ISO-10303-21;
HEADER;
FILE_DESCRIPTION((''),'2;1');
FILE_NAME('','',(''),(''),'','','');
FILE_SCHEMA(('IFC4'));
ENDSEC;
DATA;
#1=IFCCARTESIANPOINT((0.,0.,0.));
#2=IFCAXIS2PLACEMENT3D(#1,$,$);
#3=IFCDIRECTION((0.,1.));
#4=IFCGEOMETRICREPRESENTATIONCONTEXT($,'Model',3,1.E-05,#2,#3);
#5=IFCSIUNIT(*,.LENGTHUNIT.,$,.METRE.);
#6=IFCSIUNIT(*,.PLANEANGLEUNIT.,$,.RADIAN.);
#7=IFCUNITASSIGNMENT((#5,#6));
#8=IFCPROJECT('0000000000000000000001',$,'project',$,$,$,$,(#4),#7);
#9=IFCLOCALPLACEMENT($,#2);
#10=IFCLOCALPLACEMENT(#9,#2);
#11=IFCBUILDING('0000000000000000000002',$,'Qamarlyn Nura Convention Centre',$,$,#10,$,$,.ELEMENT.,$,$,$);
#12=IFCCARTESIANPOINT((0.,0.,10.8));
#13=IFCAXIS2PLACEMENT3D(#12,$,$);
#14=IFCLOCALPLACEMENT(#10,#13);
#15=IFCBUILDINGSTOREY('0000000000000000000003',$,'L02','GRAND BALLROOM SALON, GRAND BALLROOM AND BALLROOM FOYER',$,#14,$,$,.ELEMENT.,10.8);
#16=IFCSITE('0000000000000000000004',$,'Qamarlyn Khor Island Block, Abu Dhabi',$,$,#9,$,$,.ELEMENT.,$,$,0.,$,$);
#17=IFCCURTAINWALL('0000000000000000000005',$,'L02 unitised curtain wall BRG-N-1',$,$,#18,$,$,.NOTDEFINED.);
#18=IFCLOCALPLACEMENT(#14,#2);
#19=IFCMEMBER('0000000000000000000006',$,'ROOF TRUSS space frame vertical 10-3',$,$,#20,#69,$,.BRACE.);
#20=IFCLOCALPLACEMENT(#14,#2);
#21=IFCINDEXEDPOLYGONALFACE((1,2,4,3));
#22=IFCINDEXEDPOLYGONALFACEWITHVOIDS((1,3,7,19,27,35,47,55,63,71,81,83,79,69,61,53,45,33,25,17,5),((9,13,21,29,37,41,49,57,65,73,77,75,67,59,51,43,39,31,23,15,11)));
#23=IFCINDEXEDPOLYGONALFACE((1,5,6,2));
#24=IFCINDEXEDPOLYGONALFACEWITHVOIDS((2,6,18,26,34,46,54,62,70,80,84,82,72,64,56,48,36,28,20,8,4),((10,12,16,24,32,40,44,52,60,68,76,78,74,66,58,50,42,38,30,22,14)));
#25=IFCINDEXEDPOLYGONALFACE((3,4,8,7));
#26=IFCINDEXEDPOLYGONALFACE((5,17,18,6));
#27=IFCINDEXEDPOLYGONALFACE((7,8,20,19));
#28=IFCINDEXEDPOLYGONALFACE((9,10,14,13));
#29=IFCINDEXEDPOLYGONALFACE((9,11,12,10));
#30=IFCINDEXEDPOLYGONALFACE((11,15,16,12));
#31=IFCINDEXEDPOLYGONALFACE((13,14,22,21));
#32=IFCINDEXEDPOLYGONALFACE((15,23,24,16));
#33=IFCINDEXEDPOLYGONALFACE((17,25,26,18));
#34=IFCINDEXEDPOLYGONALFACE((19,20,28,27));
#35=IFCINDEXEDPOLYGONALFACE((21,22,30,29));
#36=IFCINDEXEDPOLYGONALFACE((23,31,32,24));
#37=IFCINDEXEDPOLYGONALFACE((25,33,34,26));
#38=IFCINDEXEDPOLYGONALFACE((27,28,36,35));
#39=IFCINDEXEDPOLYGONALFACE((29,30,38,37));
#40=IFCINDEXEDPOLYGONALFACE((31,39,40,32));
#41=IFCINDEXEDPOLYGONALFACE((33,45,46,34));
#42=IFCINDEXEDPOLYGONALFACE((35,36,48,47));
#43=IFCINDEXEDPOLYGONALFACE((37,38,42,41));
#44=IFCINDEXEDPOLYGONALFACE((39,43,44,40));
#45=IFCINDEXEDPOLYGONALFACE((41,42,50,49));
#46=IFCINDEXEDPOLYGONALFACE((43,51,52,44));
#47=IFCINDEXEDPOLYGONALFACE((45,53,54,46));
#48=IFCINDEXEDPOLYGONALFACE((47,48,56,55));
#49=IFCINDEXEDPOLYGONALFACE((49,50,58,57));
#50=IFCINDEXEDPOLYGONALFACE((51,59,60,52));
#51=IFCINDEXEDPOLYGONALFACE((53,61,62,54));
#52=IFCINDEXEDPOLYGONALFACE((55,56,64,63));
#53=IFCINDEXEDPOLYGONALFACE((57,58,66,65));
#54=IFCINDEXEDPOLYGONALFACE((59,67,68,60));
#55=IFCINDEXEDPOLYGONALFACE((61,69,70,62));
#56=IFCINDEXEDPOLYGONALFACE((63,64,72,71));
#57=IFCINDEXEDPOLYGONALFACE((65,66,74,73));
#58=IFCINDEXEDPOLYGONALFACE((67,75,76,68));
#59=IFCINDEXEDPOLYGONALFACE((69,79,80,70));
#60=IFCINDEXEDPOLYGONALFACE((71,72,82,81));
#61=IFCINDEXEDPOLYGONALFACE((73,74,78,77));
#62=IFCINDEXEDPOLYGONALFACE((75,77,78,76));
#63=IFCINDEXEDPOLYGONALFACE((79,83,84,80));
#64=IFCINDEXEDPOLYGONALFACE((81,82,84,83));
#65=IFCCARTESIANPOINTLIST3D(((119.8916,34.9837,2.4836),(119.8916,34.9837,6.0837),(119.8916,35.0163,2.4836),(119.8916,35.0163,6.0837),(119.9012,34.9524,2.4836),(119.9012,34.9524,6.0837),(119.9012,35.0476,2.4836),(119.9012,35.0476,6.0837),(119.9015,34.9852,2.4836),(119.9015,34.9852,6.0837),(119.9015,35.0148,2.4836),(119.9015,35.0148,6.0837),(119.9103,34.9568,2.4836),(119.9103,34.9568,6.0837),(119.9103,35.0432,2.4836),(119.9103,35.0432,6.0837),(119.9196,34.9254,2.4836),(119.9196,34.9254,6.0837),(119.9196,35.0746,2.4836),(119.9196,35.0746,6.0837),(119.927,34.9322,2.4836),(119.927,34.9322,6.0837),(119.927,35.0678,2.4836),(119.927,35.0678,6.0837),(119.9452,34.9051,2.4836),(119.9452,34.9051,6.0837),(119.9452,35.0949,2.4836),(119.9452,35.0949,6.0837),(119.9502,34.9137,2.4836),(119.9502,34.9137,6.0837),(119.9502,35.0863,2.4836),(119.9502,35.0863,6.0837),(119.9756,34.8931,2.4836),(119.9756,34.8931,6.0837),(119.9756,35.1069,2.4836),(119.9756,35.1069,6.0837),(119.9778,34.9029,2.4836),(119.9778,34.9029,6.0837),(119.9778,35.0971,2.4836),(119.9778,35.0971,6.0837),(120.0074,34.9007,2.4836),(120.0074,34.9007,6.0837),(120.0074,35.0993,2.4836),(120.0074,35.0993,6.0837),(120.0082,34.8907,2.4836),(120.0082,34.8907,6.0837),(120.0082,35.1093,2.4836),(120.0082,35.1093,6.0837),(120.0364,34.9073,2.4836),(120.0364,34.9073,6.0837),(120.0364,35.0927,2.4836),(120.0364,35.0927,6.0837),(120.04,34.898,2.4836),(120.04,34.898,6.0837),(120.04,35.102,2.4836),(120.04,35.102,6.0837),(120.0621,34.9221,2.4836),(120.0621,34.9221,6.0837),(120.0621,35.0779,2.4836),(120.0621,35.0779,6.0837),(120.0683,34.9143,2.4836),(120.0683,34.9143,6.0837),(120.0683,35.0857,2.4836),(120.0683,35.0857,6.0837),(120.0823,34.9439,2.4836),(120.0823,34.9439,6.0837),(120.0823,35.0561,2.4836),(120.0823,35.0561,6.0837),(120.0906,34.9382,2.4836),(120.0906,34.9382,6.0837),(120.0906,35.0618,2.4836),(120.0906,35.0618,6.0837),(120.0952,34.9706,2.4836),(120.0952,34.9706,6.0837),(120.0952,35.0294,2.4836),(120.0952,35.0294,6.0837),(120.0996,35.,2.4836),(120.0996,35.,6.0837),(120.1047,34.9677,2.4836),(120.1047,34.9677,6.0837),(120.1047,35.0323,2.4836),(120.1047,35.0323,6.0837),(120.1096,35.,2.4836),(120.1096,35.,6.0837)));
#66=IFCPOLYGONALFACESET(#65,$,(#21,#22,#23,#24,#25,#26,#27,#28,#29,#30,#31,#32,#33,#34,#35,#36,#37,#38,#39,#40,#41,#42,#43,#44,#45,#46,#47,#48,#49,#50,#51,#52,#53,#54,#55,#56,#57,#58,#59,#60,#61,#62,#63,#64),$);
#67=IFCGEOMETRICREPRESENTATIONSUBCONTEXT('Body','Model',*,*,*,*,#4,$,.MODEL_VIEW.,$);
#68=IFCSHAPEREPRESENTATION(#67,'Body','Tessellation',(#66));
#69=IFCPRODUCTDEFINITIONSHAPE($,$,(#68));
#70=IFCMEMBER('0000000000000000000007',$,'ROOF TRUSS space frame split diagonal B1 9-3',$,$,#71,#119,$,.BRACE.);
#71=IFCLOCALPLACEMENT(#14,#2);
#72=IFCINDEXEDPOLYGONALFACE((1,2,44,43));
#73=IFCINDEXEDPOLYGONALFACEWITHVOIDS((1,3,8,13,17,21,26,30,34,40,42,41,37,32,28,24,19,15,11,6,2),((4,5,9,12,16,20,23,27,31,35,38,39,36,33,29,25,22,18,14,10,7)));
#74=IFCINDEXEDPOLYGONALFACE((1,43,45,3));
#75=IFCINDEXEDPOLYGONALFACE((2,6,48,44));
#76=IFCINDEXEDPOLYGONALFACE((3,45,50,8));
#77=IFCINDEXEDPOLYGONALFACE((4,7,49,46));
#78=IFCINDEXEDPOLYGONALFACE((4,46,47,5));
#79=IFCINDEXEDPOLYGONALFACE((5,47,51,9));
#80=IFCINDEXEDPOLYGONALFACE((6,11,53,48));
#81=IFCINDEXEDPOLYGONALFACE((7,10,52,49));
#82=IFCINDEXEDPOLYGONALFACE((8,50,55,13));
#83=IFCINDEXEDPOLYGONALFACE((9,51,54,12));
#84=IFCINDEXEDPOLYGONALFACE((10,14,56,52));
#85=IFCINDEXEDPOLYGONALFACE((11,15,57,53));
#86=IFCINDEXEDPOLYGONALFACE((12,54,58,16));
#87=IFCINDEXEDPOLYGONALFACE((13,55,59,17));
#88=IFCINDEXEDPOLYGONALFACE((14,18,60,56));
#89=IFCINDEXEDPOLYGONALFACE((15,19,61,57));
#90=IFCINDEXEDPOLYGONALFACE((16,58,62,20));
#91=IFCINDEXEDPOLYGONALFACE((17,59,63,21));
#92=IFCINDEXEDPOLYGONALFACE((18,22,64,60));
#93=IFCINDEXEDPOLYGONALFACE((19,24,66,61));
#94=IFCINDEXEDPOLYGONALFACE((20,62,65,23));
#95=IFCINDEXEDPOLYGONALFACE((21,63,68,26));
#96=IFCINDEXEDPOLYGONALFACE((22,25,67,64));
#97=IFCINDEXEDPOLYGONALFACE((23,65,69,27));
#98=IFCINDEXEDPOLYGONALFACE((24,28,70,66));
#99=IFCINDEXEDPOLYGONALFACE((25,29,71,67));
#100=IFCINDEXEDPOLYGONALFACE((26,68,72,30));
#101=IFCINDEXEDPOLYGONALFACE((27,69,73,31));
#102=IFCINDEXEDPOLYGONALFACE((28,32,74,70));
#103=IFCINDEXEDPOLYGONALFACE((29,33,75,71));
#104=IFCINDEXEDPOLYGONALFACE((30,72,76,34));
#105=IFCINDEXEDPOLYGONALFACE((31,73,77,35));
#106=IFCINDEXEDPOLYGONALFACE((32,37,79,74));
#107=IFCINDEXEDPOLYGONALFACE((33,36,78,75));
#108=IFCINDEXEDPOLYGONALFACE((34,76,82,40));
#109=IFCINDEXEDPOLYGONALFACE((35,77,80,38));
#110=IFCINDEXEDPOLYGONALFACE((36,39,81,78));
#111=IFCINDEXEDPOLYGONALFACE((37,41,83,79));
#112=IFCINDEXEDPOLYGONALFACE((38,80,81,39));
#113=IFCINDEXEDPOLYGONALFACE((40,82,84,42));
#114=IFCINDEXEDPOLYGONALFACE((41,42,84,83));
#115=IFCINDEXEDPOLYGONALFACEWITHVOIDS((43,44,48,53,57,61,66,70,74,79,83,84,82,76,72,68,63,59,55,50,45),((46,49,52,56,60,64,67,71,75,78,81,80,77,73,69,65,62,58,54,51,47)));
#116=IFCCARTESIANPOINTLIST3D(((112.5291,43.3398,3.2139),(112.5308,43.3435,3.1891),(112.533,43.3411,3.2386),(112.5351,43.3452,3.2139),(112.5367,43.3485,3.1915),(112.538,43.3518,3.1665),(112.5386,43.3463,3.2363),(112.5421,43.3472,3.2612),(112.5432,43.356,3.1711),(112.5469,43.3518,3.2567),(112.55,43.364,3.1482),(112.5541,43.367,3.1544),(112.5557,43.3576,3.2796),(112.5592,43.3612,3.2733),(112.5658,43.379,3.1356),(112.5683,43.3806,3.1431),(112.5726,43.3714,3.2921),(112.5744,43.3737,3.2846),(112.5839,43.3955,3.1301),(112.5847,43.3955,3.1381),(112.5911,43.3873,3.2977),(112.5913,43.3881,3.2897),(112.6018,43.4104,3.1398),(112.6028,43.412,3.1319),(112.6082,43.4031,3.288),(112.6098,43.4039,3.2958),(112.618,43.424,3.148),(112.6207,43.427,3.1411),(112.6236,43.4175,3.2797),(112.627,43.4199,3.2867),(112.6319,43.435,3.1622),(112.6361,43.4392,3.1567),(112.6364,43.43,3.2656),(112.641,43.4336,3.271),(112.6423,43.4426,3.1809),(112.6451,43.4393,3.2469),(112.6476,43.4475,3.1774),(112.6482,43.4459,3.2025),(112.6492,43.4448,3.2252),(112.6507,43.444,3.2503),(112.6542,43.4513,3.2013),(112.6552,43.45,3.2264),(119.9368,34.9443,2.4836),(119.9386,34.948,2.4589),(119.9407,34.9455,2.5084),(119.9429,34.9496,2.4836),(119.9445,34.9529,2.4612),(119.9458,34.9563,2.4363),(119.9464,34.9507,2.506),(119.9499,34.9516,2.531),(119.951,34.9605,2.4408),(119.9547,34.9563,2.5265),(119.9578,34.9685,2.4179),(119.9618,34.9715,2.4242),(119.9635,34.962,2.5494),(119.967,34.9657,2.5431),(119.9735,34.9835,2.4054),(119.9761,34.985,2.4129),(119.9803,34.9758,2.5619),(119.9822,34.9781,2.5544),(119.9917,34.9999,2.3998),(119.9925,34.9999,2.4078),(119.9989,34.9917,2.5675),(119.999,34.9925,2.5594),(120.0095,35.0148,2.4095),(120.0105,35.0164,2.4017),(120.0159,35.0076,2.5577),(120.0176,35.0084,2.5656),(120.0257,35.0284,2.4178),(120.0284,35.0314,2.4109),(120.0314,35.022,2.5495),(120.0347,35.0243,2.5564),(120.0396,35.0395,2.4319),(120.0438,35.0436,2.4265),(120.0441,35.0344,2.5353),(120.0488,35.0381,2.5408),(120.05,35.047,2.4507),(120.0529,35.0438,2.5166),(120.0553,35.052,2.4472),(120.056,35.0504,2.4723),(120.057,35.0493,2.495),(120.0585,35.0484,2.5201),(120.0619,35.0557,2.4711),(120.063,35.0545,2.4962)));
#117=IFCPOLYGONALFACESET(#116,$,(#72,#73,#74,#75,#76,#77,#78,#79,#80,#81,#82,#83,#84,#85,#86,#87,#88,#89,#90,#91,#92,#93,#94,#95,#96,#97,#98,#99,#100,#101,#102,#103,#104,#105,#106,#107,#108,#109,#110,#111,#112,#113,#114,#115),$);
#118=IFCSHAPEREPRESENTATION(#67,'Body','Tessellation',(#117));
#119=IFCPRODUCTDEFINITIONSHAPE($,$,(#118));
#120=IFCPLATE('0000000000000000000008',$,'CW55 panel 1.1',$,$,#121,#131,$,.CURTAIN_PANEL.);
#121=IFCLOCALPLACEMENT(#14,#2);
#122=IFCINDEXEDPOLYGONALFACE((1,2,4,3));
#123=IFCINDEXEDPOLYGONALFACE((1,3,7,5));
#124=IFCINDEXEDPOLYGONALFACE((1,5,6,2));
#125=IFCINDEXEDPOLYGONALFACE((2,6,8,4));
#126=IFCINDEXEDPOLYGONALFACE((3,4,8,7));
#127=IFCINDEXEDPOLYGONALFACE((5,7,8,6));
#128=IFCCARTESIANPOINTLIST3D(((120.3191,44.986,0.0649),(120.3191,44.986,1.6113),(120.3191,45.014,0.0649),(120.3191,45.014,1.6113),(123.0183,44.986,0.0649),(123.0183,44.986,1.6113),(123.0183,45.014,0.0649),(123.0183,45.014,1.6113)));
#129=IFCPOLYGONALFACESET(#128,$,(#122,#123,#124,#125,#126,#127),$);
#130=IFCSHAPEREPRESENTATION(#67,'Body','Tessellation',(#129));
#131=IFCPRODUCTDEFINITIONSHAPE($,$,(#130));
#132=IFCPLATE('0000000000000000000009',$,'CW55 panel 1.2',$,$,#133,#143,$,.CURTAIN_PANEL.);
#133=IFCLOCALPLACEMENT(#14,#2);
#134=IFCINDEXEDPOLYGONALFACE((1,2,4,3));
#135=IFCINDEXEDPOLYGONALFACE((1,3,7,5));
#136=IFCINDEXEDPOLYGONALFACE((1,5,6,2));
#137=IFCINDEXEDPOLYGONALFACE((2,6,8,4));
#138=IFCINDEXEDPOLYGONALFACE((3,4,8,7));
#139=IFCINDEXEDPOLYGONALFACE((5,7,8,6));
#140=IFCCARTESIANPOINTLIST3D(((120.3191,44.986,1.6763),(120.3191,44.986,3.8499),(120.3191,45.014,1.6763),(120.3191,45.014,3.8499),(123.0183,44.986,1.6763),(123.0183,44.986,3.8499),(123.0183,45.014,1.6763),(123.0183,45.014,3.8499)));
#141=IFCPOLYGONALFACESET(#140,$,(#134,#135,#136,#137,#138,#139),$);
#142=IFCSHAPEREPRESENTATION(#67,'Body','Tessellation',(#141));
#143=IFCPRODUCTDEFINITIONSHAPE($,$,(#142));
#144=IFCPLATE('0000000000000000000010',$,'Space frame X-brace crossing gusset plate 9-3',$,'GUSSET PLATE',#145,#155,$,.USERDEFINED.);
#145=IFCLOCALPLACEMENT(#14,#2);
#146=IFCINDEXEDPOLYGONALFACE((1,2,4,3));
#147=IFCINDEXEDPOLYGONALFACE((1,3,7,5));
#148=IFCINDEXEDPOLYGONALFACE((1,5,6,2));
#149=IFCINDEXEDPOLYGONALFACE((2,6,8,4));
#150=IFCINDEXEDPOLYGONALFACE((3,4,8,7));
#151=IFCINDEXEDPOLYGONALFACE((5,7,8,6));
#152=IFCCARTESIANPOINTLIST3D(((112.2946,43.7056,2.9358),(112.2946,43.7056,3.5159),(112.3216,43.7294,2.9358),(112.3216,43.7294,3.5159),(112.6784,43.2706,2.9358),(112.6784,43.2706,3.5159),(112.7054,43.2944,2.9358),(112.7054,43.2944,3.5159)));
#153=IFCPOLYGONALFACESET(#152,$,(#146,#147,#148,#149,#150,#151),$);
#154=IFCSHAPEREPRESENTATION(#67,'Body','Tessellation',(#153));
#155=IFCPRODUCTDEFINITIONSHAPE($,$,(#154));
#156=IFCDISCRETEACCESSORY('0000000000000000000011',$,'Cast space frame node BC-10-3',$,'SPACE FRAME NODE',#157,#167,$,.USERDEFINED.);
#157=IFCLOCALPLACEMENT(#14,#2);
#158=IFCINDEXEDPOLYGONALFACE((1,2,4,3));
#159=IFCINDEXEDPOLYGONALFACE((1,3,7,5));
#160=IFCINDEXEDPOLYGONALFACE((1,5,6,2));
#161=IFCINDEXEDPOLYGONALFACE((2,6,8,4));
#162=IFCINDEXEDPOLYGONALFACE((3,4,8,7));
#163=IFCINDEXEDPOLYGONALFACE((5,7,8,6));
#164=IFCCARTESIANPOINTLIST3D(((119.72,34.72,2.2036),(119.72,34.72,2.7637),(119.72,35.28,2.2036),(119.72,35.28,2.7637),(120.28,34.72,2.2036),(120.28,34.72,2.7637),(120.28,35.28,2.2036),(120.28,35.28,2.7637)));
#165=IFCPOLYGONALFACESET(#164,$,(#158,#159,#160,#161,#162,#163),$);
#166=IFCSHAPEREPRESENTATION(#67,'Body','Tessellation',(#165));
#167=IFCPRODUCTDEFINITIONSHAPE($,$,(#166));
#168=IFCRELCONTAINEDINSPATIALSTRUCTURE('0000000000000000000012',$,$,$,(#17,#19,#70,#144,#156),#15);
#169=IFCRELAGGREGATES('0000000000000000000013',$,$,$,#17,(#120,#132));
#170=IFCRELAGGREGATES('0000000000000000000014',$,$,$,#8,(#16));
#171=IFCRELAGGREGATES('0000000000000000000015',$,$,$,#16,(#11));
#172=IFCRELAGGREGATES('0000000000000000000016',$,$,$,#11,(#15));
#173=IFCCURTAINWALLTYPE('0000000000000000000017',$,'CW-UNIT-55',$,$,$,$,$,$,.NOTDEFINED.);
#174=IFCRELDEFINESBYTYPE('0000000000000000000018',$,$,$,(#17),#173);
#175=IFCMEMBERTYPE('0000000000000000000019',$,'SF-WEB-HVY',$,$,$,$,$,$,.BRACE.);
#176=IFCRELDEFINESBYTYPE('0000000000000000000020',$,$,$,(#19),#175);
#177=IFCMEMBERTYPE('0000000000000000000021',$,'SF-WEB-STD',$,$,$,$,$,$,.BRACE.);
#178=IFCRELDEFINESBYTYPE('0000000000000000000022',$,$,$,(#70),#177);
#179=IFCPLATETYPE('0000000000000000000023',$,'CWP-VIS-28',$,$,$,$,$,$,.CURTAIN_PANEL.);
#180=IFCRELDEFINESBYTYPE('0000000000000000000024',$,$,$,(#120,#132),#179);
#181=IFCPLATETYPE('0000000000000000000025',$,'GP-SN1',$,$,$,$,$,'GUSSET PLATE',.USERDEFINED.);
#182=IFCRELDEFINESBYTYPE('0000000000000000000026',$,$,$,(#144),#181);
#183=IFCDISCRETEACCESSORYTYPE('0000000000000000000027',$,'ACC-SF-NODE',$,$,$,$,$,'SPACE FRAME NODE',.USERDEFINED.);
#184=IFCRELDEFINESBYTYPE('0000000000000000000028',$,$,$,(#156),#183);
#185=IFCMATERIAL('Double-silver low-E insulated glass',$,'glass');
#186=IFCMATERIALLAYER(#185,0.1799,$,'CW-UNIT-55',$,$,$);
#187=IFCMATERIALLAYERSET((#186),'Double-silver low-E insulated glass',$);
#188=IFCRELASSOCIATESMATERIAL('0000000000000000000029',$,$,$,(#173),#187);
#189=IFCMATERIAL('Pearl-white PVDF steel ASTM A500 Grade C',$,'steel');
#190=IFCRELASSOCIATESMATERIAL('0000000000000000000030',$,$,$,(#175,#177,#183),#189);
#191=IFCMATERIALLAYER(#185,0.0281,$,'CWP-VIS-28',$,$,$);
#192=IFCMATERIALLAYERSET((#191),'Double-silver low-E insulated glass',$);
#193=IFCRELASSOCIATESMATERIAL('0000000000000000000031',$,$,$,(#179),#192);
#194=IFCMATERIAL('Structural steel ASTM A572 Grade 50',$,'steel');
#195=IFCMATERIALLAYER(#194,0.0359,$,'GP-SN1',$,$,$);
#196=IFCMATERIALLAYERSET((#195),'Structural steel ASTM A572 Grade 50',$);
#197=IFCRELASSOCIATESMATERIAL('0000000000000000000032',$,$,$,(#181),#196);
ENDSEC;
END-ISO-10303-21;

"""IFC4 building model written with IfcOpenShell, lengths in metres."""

from ifc_helpers import new_model, si_unit, direction, frame, origin, origin_2d, place, context, subcontext, project, spatial, rectangle, hollow_circle, extrude, material, layer, layer_set, material_profile, profile_set, type_object, element, aggregate, save


model = new_model("IFC4")

# Units and contexts
model_context = context("Model", 3, precision=1e-05, world=origin(), true_north=direction((0.0, 1.0)))
body_context = subcontext(model_context, "Body", "Model", "MODEL_VIEW")
ifc_project = project(units=[si_unit("LENGTHUNIT", "METRE"), si_unit("PLANEANGLEUNIT", "RADIAN")], contexts=[model_context])

# Site, building, storey
site_placement = place(None, origin())
site = spatial("IfcSite", under=ifc_project, at=site_placement, Name="Qamarlyn Khor Island Block, Abu Dhabi", CompositionType="ELEMENT", RefElevation=0.0)
building_placement = place(site_placement, origin())
building = spatial("IfcBuilding", under=site, at=building_placement, Name="Qamarlyn Nura Convention Centre", CompositionType="ELEMENT")
storey_placement = place(building_placement, frame((0.0, 0.0, 10.8)))
storey = spatial("IfcBuildingStorey", under=building, at=storey_placement, Name="L02", Description="GRAND BALLROOM SALON, GRAND BALLROOM AND BALLROOM FOYER", CompositionType="ELEMENT", Elevation=10.8)

# Shared definitions
ifc_material_1 = material(Name="Pearl-white PVDF steel ASTM A500 Grade C", Category="steel")

# Curtain wall
ifc_material_2 = material(Name="Double-silver low-E insulated glass", Category="glass")
ifc_layer_1 = layer(ifc_material_2, 0.1799, Name="CW-UNIT-55")
ifc_layer_set_1 = layer_set([ifc_layer_1], Name="Double-silver low-E insulated glass")
curtain_wall_type = type_object("IfcCurtainWallType", Name="CW-UNIT-55", PredefinedType="NOTDEFINED", material=ifc_layer_set_1)
curtain_wall_placement = place(storey_placement, origin())
curtain_wall = element("IfcCurtainWall", 1, at=curtain_wall_placement, inside=storey, type_object=curtain_wall_type, Name="L02 unitised curtain wall BRG-N-1", PredefinedType="NOTDEFINED")

# Members
ifc_material_profile_1 = material_profile(ifc_material_1, hollow_circle(Radius=0.1096, WallThickness=0.01, at=origin_2d()), Name="CHS219.1X10")
ifc_profile_set_1 = profile_set([ifc_material_profile_1], Name="Pearl-white PVDF steel ASTM A500 Grade C")
member_type_1 = type_object("IfcMemberType", Name="SF-WEB-HVY", PredefinedType="BRACE", material=ifc_profile_set_1)
member_1_placement = place(storey_placement, frame((120.0, 35.0, 2.4836), z_axis=(0.0, 0.0, 1.0), x_axis=(1.0, 0.0, 0.0)))
element("IfcMember", 2, at=member_1_placement, inside=storey, type_object=member_type_1, Name="ROOF TRUSS space frame vertical 10-3", PredefinedType="BRACE", context=body_context, shape_type="SweptSolid", body=[
    extrude(hollow_circle(Radius=0.1096, WallThickness=0.01, at=origin_2d()), origin(), (0.0, 0.0, 1.0), 3.6001),
])
ifc_material_profile_2 = material_profile(ifc_material_1, hollow_circle(Radius=0.0842, WallThickness=0.0081, at=origin_2d()), Name="CHS168.3X8")
ifc_profile_set_2 = profile_set([ifc_material_profile_2], Name="Pearl-white PVDF steel ASTM A500 Grade C")
member_type_2 = type_object("IfcMemberType", Name="SF-WEB-STD", PredefinedType="BRACE", material=ifc_profile_set_2)
member_2_placement = place(storey_placement, frame((120.0, 35.0, 2.4836), z_axis=(-0.660215, 0.748252, 0.065081), x_axis=(-0.749842, -0.661617, 0.0)))
element("IfcMember", 3, at=member_2_placement, inside=storey, type_object=member_type_2, Name="ROOF TRUSS space frame split diagonal B1 9-3", PredefinedType="BRACE", context=body_context, shape_type="SweptSolid", body=[
    extrude(hollow_circle(Radius=0.0842, WallThickness=0.0081, at=origin_2d()), origin(), (0.0, 0.0, 1.0), 11.2202),
])

# Plates
ifc_layer_2 = layer(ifc_material_2, 0.0281, Name="CWP-VIS-28")
ifc_layer_set_2 = layer_set([ifc_layer_2], Name="Double-silver low-E insulated glass")
plate_type_1 = type_object("IfcPlateType", Name="CWP-VIS-28", PredefinedType="CURTAIN_PANEL", material=ifc_layer_set_2)
plate_1_placement = place(storey_placement, frame((121.6687, 45.0, 0.0649), z_axis=(0.0, 0.0, 1.0), x_axis=(1.0, 0.0, 0.0)))
plate_1 = element("IfcPlate", 4, at=plate_1_placement, type_object=plate_type_1, Name="CW55 panel 1.1", PredefinedType="CURTAIN_PANEL", context=body_context, shape_type="SweptSolid", body=[
    extrude(rectangle(XDim=2.6992, YDim=0.0281, at=origin_2d()), origin(), (0.0, 0.0, 1.0), 1.5464),
])
plate_2_placement = place(storey_placement, frame((121.6687, 45.0, 1.6763), z_axis=(0.0, 0.0, 1.0), x_axis=(1.0, 0.0, 0.0)))
plate_2 = element("IfcPlate", 5, at=plate_2_placement, type_object=plate_type_1, Name="CW55 panel 1.2", PredefinedType="CURTAIN_PANEL", context=body_context, shape_type="SweptSolid", body=[
    extrude(rectangle(XDim=2.6992, YDim=0.0281, at=origin_2d()), origin(), (0.0, 0.0, 1.0), 2.1736),
])
aggregate(curtain_wall, [plate_1, plate_2])
ifc_material_3 = material(Name="Structural steel ASTM A572 Grade 50", Category="steel")
ifc_layer_3 = layer(ifc_material_3, 0.0359, Name="GP-SN1")
ifc_layer_set_3 = layer_set([ifc_layer_3], Name="Structural steel ASTM A572 Grade 50")
plate_type_2 = type_object("IfcPlateType", Name="GP-SN1", ElementType="GUSSET PLATE", PredefinedType="USERDEFINED", material=ifc_layer_set_3)
plate_3_placement = place(storey_placement, frame((112.5, 43.5, 2.9358), z_axis=(0.0, 0.0, 1.0), x_axis=(-0.661622, 0.749837, 0.0)))
element("IfcPlate", 6, at=plate_3_placement, inside=storey, type_object=plate_type_2, Name="Space frame X-brace crossing gusset plate 9-3", ObjectType="GUSSET PLATE", PredefinedType="USERDEFINED", context=body_context, shape_type="SweptSolid", body=[
    extrude(rectangle(XDim=0.5801, YDim=0.0359, at=origin_2d()), origin(), (0.0, 0.0, 1.0), 0.5801),
])

# Discrete accessory
discrete_accessory_type = type_object("IfcDiscreteAccessoryType", Name="ACC-SF-NODE", ElementType="SPACE FRAME NODE", PredefinedType="USERDEFINED", material=ifc_material_1)
discrete_accessory_placement = place(storey_placement, frame((120.0, 35.0, 2.2036), z_axis=(0.0, 0.0, 1.0), x_axis=(1.0, 0.0, 0.0)))
element("IfcDiscreteAccessory", 7, at=discrete_accessory_placement, inside=storey, type_object=discrete_accessory_type, Name="Cast space frame node BC-10-3", ObjectType="SPACE FRAME NODE", PredefinedType="USERDEFINED", context=body_context, shape_type="SweptSolid", body=[
    extrude(rectangle(XDim=0.5601, YDim=0.5601, at=origin_2d()), origin(), (0.0, 0.0, 1.0), 0.5601),
])

save(model, "model.ifc")
